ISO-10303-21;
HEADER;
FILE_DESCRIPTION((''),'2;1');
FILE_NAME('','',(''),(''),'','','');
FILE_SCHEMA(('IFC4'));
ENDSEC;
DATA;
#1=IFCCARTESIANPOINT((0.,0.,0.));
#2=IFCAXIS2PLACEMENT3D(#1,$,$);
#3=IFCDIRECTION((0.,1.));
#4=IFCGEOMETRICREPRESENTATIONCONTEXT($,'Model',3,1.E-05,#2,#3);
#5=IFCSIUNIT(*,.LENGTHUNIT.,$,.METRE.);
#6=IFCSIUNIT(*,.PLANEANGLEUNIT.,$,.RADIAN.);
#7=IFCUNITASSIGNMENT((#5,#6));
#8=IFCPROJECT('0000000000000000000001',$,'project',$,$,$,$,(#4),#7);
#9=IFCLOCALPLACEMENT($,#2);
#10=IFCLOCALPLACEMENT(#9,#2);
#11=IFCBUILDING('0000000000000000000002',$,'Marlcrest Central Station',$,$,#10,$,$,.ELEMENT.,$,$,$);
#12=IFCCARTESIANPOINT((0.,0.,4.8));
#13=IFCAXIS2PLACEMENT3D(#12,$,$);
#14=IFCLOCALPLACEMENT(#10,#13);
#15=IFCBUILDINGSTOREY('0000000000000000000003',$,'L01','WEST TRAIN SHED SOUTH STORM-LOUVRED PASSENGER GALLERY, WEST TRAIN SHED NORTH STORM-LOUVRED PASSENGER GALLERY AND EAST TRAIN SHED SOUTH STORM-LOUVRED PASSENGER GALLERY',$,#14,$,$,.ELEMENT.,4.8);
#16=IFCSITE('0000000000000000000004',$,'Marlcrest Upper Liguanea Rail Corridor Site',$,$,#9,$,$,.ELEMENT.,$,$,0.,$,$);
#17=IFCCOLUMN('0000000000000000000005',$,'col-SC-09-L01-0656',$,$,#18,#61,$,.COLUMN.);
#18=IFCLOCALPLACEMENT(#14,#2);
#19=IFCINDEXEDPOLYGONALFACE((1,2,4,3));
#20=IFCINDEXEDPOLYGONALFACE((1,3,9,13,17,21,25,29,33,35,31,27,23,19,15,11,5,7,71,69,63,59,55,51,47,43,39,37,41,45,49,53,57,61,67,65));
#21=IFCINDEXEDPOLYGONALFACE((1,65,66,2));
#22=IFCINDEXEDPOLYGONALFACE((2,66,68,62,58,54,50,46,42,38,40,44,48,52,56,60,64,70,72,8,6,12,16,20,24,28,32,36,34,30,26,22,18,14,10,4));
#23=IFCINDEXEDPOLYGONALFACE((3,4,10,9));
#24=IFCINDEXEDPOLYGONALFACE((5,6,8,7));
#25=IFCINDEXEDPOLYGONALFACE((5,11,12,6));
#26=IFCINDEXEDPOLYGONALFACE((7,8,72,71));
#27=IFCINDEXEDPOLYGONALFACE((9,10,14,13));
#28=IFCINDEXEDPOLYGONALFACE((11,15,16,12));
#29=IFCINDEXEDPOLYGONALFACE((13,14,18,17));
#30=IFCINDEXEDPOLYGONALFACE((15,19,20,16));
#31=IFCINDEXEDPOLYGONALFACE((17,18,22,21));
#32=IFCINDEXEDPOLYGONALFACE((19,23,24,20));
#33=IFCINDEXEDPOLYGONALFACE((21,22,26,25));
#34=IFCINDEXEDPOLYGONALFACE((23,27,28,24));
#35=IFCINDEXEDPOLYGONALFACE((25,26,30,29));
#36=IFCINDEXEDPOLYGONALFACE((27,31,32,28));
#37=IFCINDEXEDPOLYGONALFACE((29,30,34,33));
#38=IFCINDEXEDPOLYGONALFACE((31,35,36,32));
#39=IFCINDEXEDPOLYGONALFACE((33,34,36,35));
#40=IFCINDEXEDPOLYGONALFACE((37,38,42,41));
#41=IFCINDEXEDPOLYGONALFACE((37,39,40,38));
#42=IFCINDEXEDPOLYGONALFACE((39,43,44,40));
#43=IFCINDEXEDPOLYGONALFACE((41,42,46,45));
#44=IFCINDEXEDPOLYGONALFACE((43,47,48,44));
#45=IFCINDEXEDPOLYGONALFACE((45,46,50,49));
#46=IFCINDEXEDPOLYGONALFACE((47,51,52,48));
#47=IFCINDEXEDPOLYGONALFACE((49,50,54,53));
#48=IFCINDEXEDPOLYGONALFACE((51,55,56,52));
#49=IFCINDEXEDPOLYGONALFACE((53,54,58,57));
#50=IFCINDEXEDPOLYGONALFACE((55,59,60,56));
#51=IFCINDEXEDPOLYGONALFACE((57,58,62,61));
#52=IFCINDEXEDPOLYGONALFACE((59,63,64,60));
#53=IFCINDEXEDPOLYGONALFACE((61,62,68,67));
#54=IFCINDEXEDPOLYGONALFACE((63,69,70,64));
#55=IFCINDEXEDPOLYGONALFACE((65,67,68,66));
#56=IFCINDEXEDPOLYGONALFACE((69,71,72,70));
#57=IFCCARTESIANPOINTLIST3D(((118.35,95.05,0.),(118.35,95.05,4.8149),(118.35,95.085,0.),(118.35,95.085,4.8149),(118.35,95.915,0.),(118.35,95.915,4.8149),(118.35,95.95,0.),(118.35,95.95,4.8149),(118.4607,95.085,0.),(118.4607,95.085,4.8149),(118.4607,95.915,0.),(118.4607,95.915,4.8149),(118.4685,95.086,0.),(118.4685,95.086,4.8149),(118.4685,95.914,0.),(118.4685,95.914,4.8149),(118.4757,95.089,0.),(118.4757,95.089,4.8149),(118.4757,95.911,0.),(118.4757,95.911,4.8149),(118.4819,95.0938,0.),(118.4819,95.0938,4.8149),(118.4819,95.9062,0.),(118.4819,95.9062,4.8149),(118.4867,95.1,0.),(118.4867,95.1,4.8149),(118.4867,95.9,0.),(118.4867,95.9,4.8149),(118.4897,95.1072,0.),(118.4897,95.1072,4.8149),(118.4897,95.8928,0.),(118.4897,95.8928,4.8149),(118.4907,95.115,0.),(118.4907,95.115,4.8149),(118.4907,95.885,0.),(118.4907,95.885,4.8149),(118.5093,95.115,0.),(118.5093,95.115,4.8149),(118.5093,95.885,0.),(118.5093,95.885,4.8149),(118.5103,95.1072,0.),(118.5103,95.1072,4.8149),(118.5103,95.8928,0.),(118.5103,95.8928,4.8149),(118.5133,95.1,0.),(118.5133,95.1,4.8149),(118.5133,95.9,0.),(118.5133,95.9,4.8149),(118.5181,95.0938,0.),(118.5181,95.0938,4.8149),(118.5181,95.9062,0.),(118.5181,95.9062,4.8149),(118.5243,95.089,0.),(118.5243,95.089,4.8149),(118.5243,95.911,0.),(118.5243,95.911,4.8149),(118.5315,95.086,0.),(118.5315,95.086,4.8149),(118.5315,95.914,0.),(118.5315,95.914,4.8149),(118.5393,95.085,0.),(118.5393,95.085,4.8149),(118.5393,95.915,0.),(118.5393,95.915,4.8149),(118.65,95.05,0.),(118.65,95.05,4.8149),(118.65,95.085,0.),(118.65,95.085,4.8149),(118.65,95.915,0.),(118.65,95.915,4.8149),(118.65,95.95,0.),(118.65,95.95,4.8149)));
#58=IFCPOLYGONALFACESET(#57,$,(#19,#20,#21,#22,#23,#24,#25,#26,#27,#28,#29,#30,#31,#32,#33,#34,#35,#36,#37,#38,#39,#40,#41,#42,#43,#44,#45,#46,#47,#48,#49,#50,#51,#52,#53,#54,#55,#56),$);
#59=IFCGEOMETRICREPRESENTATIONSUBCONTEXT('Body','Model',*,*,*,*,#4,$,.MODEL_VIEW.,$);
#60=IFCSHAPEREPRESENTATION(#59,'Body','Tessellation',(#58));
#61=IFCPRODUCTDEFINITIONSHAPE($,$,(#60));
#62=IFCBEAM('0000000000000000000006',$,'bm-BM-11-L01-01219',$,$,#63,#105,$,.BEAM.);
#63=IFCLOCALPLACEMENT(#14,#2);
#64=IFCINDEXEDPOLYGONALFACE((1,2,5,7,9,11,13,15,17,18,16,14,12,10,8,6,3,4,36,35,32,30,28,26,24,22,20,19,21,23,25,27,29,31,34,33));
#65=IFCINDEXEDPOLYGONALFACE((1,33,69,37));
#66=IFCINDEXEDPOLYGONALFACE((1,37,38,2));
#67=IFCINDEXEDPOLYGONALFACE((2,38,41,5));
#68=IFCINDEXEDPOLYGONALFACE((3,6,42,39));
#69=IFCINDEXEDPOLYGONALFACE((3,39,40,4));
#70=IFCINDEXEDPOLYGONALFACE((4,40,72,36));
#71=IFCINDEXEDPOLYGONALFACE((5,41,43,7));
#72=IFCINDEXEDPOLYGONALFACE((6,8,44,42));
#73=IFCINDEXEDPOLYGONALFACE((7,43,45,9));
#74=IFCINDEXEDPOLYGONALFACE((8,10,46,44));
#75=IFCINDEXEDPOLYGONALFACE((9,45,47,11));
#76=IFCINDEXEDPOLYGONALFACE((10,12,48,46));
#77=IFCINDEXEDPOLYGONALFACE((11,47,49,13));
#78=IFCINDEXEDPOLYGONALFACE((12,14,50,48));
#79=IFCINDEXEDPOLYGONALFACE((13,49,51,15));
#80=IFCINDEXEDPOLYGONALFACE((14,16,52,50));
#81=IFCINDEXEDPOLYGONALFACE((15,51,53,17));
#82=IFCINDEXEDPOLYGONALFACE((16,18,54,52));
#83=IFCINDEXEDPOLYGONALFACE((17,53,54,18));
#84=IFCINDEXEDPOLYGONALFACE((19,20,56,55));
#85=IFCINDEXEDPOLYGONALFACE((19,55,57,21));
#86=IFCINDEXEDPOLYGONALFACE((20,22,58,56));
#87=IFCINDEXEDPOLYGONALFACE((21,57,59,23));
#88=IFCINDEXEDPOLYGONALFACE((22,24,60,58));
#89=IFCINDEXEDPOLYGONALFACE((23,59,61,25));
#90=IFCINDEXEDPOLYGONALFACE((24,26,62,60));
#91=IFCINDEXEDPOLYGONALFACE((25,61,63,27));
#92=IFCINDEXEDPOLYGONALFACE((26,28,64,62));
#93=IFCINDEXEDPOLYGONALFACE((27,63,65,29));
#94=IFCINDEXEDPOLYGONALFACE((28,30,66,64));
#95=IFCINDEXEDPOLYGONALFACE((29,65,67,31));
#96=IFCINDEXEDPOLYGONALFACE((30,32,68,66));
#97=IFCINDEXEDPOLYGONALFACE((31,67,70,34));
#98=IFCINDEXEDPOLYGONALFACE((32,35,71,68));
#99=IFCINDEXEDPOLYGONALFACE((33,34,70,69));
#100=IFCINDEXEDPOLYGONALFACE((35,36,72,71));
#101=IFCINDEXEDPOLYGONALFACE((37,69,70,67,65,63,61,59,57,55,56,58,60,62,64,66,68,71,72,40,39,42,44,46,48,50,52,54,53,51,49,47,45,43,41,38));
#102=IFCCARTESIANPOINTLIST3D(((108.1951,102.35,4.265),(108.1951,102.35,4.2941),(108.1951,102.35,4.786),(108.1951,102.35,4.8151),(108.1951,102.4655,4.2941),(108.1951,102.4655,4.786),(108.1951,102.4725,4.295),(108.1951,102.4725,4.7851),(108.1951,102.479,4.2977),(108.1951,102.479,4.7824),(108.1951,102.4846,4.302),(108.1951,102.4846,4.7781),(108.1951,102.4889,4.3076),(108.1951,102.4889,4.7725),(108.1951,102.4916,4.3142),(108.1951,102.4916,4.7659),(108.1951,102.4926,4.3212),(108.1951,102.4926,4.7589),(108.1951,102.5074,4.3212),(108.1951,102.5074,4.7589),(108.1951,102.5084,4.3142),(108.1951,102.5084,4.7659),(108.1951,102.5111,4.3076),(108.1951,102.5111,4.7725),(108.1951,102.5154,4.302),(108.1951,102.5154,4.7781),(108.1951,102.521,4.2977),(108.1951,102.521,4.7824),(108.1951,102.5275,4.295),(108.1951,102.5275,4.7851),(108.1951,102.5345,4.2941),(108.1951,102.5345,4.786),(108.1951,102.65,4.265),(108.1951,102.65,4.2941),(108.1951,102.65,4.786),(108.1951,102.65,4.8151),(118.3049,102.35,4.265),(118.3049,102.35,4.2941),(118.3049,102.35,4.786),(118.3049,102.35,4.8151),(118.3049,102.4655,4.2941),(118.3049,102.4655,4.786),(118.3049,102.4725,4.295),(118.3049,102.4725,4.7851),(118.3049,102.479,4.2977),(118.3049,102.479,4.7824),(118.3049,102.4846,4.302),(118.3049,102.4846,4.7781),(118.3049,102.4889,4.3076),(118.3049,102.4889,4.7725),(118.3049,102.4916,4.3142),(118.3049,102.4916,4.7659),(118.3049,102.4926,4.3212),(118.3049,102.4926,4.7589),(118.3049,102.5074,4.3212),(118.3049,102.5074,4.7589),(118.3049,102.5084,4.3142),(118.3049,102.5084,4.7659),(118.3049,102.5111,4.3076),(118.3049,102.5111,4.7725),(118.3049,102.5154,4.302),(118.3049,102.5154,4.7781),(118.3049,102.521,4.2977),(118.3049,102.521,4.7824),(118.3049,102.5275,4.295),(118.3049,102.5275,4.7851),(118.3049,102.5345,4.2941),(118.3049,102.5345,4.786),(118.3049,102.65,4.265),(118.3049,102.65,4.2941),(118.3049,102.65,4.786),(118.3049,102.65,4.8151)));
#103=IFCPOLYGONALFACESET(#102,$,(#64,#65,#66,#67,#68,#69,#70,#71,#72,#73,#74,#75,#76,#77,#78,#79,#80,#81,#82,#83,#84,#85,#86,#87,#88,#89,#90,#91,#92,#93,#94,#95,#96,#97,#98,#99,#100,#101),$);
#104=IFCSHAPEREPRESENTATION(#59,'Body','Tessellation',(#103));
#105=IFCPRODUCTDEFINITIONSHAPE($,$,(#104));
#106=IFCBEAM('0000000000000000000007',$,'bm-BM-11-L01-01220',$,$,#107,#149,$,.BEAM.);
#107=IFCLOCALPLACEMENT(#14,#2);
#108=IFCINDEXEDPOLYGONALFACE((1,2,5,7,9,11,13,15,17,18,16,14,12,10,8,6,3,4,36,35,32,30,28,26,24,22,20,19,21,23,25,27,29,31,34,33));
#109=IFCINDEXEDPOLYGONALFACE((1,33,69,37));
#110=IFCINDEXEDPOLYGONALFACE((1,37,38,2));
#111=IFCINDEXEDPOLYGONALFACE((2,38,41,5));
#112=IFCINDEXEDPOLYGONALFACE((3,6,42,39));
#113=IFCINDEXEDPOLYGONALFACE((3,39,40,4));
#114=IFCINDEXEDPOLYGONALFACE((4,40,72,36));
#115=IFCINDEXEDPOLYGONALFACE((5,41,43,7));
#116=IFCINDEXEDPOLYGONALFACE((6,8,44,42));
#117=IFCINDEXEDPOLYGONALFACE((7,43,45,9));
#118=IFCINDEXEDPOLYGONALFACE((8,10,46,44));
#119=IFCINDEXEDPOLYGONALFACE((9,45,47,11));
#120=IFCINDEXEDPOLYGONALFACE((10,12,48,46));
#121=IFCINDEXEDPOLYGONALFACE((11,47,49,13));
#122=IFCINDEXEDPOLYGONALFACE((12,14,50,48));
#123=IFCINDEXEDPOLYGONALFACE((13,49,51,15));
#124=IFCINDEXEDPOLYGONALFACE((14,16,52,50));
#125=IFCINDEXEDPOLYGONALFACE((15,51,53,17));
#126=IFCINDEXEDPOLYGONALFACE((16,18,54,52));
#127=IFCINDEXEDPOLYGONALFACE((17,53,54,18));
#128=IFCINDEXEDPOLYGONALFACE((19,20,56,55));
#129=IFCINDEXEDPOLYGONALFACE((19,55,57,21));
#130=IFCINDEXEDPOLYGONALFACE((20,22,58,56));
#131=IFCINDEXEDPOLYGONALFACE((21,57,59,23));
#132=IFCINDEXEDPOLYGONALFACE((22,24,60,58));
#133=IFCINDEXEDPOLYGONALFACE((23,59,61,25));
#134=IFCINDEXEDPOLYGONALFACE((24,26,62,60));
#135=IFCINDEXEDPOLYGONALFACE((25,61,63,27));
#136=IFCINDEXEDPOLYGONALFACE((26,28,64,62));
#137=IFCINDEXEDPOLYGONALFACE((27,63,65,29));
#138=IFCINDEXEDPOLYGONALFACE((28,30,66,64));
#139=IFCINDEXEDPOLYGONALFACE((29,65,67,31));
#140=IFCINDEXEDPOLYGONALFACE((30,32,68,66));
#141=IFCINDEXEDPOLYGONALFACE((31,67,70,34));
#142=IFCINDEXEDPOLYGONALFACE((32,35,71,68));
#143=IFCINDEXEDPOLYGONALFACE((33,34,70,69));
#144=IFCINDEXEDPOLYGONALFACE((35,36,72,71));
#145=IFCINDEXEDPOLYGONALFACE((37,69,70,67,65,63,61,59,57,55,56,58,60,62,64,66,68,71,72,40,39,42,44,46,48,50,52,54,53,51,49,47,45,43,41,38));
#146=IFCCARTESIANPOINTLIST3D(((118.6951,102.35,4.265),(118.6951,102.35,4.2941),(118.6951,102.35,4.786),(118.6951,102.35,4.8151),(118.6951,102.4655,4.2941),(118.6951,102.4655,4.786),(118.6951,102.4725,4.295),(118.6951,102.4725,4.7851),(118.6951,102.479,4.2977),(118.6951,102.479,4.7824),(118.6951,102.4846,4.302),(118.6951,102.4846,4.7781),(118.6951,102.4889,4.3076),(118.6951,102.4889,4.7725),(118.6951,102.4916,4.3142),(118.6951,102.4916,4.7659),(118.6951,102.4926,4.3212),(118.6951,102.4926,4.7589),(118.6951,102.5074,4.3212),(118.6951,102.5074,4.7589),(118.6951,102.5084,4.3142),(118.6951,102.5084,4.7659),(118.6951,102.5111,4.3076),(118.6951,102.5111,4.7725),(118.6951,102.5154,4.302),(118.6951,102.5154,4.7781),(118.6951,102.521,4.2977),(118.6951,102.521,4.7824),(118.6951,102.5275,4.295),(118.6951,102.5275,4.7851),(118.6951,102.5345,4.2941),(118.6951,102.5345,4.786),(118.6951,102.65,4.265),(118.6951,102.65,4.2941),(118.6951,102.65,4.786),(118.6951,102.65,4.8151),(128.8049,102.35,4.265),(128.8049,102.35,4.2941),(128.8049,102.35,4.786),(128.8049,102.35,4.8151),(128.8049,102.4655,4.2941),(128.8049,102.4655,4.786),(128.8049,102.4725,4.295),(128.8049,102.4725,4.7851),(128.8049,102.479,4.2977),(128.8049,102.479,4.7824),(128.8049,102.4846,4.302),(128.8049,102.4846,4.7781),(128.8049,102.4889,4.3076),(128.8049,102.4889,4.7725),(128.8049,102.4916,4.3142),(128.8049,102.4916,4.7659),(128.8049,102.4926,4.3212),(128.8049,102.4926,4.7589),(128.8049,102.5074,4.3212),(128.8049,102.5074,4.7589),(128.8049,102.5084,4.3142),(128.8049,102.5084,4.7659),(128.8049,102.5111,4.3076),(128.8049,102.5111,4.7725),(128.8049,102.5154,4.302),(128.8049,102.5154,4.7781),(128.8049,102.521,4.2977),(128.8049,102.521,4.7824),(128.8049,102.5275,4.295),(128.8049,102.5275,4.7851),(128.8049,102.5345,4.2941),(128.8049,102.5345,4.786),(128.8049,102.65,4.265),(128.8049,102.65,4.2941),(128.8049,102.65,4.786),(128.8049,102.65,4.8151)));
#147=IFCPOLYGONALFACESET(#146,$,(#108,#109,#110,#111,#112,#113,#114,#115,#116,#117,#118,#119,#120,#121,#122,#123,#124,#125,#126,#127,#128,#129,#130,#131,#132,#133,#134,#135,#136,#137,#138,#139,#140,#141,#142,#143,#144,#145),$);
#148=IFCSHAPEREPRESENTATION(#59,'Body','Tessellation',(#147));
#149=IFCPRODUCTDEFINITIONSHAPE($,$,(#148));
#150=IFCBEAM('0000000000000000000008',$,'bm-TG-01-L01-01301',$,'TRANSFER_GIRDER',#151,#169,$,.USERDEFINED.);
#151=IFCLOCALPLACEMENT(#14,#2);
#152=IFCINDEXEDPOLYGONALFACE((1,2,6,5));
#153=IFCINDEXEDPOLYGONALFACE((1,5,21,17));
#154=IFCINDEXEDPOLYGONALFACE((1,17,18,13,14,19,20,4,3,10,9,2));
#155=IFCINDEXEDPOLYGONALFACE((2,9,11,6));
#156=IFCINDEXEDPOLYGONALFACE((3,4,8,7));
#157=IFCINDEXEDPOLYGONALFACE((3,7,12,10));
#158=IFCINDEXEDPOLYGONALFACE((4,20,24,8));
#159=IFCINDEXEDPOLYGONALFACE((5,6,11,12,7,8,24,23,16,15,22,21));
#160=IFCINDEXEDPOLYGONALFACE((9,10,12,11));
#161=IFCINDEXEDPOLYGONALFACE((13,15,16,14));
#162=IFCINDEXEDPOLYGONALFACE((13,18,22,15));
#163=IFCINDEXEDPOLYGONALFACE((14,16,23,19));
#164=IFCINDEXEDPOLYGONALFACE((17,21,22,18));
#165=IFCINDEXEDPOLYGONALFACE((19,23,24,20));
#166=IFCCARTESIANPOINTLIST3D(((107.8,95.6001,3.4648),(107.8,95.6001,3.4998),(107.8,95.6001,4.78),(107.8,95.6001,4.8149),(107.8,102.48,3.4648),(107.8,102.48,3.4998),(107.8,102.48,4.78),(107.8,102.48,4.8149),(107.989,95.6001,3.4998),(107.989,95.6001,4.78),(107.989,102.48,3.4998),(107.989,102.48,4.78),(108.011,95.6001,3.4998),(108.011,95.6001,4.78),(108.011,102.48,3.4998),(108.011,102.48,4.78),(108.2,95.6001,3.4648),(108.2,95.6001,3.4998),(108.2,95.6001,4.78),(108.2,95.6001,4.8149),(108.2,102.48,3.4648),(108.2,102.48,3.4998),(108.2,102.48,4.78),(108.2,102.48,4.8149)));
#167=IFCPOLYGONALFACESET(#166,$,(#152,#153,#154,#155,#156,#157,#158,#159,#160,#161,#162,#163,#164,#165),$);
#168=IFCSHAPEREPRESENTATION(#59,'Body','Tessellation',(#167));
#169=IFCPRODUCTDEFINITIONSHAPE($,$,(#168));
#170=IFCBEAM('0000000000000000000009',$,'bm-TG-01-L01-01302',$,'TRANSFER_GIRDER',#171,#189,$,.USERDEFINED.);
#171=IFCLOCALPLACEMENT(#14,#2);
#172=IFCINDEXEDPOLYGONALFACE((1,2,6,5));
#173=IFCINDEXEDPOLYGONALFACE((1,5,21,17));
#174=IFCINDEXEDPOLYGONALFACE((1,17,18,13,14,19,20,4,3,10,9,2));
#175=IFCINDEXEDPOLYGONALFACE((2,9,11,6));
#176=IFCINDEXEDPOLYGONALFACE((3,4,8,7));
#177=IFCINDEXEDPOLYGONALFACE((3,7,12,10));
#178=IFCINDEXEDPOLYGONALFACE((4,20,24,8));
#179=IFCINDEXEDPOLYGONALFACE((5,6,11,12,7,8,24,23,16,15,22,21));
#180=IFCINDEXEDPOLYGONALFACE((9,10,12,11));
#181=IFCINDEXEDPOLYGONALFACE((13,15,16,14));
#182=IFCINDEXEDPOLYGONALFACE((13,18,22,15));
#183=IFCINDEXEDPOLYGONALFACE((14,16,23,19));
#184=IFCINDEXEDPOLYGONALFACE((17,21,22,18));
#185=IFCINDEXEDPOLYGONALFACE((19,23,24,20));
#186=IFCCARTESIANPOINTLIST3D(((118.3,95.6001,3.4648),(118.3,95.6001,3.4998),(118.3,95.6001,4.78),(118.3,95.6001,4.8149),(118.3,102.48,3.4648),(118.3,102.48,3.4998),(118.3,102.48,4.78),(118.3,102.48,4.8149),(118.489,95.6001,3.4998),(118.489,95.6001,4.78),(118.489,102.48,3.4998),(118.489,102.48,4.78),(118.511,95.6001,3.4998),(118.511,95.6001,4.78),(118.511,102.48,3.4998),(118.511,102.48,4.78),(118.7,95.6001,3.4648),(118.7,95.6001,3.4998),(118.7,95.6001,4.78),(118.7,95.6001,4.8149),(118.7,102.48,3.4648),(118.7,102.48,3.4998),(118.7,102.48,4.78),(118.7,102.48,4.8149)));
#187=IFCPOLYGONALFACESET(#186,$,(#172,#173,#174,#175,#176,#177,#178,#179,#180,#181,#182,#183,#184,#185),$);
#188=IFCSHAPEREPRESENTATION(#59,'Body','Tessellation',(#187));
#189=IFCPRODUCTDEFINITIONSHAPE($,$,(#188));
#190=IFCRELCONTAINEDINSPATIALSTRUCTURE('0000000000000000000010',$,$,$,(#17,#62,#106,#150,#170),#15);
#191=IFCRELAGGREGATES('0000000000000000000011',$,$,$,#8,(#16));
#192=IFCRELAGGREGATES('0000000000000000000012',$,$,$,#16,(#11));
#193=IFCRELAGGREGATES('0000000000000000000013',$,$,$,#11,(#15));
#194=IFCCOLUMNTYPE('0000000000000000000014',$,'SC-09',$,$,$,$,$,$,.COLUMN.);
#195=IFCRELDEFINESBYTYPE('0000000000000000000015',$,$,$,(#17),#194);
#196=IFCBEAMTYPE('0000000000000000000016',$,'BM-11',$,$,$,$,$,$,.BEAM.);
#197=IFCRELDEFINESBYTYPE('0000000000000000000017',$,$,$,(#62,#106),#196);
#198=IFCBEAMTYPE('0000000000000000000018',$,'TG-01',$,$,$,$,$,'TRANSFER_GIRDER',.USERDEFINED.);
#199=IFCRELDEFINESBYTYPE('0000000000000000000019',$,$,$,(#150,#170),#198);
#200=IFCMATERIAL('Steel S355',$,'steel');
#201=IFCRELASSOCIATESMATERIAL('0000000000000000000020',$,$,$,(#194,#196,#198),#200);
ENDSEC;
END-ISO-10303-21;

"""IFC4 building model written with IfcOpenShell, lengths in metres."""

from ifc_helpers import new_model, si_unit, direction, frame, origin, origin_2d, place, context, subcontext, project, spatial, i_section, extrude, material, material_profile, profile_set, type_object, element, save


model = new_model("IFC4")

# Units and contexts
model_context = context("Model", 3, precision=1e-05, world=origin(), true_north=direction((0.0, 1.0)))
body_context = subcontext(model_context, "Body", "Model", "MODEL_VIEW")
ifc_project = project(units=[si_unit("LENGTHUNIT", "METRE"), si_unit("PLANEANGLEUNIT", "RADIAN")], contexts=[model_context])

# Site, building, storey
site_placement = place(None, origin())
site = spatial("IfcSite", under=ifc_project, at=site_placement, Name="Marlcrest Upper Liguanea Rail Corridor Site", CompositionType="ELEMENT", RefElevation=0.0)
building_placement = place(site_placement, origin())
building = spatial("IfcBuilding", under=site, at=building_placement, Name="Marlcrest Central Station", CompositionType="ELEMENT")
storey_placement = place(building_placement, frame((0.0, 0.0, 4.8)))
storey = spatial("IfcBuildingStorey", under=building, at=storey_placement, Name="L01", Description="WEST TRAIN SHED SOUTH STORM-LOUVRED PASSENGER GALLERY, WEST TRAIN SHED NORTH STORM-LOUVRED PASSENGER GALLERY AND EAST TRAIN SHED SOUTH STORM-LOUVRED PASSENGER GALLERY", CompositionType="ELEMENT", Elevation=4.8)

# Column
ifc_material_1 = material(Name="Steel S355", Category="steel")
ifc_material_profile_1 = material_profile(ifc_material_1, i_section(OverallWidth=0.3, OverallDepth=0.8999, WebThickness=0.0186, FlangeThickness=0.0349, FilletRadius=0.03, at=origin_2d()), Name="HEB 900")
ifc_profile_set_1 = profile_set([ifc_material_profile_1], Name="Steel S355")
column_type_1 = type_object("IfcColumnType", Name="SC-09", PredefinedType="COLUMN", material=ifc_profile_set_1)
column_placement = place(storey_placement, frame((118.5, 95.5, 0.0), z_axis=(0.0, 0.0, 1.0), x_axis=(1.0, 0.0, 0.0)))
element("IfcColumn", 1, at=column_placement, inside=storey, type_object=column_type_1, Name="col-SC-09-L01-0656", PredefinedType="COLUMN", context=body_context, shape_type="SweptSolid", body=[
    extrude(i_section(OverallWidth=0.3, OverallDepth=0.8999, WebThickness=0.0186, FlangeThickness=0.0349, FilletRadius=0.03, at=origin_2d()), origin(), (0.0, 0.0, 1.0), 4.8149),
])

# Beams
ifc_material_profile_2 = material_profile(ifc_material_1, i_section(OverallWidth=0.3, OverallDepth=0.55, WebThickness=0.0149, FlangeThickness=0.0291, FilletRadius=0.0271, at=origin_2d()), Name="HEB 550")
ifc_profile_set_2 = profile_set([ifc_material_profile_2], Name="Steel S355")
beam_type_1 = type_object("IfcBeamType", Name="BM-11", PredefinedType="BEAM", material=ifc_profile_set_2)
for number, where, z_axis, x_axis, name in (
    (2, (108.1951, 102.5, 4.54), (1.0, 0.0, 0.0), (0.0, 1.0, 0.0), "bm-BM-11-L01-01219"),
    (3, (118.6951, 102.5, 4.54), (1.0, 0.0, 0.0), (0.0, 1.0, 0.0), "bm-BM-11-L01-01220"),
):
    element("IfcBeam", number, at=place(storey_placement, frame(where, z_axis=z_axis, x_axis=x_axis)), inside=storey, type_object=beam_type_1, Name=name, PredefinedType="BEAM", context=body_context, shape_type="SweptSolid", body=[
        extrude(i_section(OverallWidth=0.3, OverallDepth=0.55, WebThickness=0.0149, FlangeThickness=0.0291, FilletRadius=0.0271, at=origin_2d()), origin(), (0.0, 0.0, 1.0), 10.1099),
    ])
ifc_material_profile_3 = material_profile(ifc_material_1, i_section(OverallWidth=0.3999, OverallDepth=1.3501, WebThickness=0.022, FlangeThickness=0.0349, at=origin_2d()), Name="PG 1350x400")
ifc_profile_set_3 = profile_set([ifc_material_profile_3], Name="Steel S355")
beam_type_2 = type_object("IfcBeamType", Name="TG-01", ElementType="TRANSFER_GIRDER", PredefinedType="USERDEFINED", material=ifc_profile_set_3)
for number, where, z_axis, x_axis, name in (
    (4, (108.0, 95.6001, 4.1399), (0.0, 1.0, 0.0), (-1.0, 0.0, 0.0), "bm-TG-01-L01-01301"),
    (5, (118.5, 95.6001, 4.1399), (0.0, 1.0, 0.0), (-1.0, 0.0, 0.0), "bm-TG-01-L01-01302"),
):
    element("IfcBeam", number, at=place(storey_placement, frame(where, z_axis=z_axis, x_axis=x_axis)), inside=storey, type_object=beam_type_2, Name=name, ObjectType="TRANSFER_GIRDER", PredefinedType="USERDEFINED", context=body_context, shape_type="SweptSolid", body=[
        extrude(i_section(OverallWidth=0.3999, OverallDepth=1.3501, WebThickness=0.022, FlangeThickness=0.0349, at=origin_2d()), origin(), (0.0, 0.0, 1.0), 6.8799),
    ])

save(model, "model.ifc")
